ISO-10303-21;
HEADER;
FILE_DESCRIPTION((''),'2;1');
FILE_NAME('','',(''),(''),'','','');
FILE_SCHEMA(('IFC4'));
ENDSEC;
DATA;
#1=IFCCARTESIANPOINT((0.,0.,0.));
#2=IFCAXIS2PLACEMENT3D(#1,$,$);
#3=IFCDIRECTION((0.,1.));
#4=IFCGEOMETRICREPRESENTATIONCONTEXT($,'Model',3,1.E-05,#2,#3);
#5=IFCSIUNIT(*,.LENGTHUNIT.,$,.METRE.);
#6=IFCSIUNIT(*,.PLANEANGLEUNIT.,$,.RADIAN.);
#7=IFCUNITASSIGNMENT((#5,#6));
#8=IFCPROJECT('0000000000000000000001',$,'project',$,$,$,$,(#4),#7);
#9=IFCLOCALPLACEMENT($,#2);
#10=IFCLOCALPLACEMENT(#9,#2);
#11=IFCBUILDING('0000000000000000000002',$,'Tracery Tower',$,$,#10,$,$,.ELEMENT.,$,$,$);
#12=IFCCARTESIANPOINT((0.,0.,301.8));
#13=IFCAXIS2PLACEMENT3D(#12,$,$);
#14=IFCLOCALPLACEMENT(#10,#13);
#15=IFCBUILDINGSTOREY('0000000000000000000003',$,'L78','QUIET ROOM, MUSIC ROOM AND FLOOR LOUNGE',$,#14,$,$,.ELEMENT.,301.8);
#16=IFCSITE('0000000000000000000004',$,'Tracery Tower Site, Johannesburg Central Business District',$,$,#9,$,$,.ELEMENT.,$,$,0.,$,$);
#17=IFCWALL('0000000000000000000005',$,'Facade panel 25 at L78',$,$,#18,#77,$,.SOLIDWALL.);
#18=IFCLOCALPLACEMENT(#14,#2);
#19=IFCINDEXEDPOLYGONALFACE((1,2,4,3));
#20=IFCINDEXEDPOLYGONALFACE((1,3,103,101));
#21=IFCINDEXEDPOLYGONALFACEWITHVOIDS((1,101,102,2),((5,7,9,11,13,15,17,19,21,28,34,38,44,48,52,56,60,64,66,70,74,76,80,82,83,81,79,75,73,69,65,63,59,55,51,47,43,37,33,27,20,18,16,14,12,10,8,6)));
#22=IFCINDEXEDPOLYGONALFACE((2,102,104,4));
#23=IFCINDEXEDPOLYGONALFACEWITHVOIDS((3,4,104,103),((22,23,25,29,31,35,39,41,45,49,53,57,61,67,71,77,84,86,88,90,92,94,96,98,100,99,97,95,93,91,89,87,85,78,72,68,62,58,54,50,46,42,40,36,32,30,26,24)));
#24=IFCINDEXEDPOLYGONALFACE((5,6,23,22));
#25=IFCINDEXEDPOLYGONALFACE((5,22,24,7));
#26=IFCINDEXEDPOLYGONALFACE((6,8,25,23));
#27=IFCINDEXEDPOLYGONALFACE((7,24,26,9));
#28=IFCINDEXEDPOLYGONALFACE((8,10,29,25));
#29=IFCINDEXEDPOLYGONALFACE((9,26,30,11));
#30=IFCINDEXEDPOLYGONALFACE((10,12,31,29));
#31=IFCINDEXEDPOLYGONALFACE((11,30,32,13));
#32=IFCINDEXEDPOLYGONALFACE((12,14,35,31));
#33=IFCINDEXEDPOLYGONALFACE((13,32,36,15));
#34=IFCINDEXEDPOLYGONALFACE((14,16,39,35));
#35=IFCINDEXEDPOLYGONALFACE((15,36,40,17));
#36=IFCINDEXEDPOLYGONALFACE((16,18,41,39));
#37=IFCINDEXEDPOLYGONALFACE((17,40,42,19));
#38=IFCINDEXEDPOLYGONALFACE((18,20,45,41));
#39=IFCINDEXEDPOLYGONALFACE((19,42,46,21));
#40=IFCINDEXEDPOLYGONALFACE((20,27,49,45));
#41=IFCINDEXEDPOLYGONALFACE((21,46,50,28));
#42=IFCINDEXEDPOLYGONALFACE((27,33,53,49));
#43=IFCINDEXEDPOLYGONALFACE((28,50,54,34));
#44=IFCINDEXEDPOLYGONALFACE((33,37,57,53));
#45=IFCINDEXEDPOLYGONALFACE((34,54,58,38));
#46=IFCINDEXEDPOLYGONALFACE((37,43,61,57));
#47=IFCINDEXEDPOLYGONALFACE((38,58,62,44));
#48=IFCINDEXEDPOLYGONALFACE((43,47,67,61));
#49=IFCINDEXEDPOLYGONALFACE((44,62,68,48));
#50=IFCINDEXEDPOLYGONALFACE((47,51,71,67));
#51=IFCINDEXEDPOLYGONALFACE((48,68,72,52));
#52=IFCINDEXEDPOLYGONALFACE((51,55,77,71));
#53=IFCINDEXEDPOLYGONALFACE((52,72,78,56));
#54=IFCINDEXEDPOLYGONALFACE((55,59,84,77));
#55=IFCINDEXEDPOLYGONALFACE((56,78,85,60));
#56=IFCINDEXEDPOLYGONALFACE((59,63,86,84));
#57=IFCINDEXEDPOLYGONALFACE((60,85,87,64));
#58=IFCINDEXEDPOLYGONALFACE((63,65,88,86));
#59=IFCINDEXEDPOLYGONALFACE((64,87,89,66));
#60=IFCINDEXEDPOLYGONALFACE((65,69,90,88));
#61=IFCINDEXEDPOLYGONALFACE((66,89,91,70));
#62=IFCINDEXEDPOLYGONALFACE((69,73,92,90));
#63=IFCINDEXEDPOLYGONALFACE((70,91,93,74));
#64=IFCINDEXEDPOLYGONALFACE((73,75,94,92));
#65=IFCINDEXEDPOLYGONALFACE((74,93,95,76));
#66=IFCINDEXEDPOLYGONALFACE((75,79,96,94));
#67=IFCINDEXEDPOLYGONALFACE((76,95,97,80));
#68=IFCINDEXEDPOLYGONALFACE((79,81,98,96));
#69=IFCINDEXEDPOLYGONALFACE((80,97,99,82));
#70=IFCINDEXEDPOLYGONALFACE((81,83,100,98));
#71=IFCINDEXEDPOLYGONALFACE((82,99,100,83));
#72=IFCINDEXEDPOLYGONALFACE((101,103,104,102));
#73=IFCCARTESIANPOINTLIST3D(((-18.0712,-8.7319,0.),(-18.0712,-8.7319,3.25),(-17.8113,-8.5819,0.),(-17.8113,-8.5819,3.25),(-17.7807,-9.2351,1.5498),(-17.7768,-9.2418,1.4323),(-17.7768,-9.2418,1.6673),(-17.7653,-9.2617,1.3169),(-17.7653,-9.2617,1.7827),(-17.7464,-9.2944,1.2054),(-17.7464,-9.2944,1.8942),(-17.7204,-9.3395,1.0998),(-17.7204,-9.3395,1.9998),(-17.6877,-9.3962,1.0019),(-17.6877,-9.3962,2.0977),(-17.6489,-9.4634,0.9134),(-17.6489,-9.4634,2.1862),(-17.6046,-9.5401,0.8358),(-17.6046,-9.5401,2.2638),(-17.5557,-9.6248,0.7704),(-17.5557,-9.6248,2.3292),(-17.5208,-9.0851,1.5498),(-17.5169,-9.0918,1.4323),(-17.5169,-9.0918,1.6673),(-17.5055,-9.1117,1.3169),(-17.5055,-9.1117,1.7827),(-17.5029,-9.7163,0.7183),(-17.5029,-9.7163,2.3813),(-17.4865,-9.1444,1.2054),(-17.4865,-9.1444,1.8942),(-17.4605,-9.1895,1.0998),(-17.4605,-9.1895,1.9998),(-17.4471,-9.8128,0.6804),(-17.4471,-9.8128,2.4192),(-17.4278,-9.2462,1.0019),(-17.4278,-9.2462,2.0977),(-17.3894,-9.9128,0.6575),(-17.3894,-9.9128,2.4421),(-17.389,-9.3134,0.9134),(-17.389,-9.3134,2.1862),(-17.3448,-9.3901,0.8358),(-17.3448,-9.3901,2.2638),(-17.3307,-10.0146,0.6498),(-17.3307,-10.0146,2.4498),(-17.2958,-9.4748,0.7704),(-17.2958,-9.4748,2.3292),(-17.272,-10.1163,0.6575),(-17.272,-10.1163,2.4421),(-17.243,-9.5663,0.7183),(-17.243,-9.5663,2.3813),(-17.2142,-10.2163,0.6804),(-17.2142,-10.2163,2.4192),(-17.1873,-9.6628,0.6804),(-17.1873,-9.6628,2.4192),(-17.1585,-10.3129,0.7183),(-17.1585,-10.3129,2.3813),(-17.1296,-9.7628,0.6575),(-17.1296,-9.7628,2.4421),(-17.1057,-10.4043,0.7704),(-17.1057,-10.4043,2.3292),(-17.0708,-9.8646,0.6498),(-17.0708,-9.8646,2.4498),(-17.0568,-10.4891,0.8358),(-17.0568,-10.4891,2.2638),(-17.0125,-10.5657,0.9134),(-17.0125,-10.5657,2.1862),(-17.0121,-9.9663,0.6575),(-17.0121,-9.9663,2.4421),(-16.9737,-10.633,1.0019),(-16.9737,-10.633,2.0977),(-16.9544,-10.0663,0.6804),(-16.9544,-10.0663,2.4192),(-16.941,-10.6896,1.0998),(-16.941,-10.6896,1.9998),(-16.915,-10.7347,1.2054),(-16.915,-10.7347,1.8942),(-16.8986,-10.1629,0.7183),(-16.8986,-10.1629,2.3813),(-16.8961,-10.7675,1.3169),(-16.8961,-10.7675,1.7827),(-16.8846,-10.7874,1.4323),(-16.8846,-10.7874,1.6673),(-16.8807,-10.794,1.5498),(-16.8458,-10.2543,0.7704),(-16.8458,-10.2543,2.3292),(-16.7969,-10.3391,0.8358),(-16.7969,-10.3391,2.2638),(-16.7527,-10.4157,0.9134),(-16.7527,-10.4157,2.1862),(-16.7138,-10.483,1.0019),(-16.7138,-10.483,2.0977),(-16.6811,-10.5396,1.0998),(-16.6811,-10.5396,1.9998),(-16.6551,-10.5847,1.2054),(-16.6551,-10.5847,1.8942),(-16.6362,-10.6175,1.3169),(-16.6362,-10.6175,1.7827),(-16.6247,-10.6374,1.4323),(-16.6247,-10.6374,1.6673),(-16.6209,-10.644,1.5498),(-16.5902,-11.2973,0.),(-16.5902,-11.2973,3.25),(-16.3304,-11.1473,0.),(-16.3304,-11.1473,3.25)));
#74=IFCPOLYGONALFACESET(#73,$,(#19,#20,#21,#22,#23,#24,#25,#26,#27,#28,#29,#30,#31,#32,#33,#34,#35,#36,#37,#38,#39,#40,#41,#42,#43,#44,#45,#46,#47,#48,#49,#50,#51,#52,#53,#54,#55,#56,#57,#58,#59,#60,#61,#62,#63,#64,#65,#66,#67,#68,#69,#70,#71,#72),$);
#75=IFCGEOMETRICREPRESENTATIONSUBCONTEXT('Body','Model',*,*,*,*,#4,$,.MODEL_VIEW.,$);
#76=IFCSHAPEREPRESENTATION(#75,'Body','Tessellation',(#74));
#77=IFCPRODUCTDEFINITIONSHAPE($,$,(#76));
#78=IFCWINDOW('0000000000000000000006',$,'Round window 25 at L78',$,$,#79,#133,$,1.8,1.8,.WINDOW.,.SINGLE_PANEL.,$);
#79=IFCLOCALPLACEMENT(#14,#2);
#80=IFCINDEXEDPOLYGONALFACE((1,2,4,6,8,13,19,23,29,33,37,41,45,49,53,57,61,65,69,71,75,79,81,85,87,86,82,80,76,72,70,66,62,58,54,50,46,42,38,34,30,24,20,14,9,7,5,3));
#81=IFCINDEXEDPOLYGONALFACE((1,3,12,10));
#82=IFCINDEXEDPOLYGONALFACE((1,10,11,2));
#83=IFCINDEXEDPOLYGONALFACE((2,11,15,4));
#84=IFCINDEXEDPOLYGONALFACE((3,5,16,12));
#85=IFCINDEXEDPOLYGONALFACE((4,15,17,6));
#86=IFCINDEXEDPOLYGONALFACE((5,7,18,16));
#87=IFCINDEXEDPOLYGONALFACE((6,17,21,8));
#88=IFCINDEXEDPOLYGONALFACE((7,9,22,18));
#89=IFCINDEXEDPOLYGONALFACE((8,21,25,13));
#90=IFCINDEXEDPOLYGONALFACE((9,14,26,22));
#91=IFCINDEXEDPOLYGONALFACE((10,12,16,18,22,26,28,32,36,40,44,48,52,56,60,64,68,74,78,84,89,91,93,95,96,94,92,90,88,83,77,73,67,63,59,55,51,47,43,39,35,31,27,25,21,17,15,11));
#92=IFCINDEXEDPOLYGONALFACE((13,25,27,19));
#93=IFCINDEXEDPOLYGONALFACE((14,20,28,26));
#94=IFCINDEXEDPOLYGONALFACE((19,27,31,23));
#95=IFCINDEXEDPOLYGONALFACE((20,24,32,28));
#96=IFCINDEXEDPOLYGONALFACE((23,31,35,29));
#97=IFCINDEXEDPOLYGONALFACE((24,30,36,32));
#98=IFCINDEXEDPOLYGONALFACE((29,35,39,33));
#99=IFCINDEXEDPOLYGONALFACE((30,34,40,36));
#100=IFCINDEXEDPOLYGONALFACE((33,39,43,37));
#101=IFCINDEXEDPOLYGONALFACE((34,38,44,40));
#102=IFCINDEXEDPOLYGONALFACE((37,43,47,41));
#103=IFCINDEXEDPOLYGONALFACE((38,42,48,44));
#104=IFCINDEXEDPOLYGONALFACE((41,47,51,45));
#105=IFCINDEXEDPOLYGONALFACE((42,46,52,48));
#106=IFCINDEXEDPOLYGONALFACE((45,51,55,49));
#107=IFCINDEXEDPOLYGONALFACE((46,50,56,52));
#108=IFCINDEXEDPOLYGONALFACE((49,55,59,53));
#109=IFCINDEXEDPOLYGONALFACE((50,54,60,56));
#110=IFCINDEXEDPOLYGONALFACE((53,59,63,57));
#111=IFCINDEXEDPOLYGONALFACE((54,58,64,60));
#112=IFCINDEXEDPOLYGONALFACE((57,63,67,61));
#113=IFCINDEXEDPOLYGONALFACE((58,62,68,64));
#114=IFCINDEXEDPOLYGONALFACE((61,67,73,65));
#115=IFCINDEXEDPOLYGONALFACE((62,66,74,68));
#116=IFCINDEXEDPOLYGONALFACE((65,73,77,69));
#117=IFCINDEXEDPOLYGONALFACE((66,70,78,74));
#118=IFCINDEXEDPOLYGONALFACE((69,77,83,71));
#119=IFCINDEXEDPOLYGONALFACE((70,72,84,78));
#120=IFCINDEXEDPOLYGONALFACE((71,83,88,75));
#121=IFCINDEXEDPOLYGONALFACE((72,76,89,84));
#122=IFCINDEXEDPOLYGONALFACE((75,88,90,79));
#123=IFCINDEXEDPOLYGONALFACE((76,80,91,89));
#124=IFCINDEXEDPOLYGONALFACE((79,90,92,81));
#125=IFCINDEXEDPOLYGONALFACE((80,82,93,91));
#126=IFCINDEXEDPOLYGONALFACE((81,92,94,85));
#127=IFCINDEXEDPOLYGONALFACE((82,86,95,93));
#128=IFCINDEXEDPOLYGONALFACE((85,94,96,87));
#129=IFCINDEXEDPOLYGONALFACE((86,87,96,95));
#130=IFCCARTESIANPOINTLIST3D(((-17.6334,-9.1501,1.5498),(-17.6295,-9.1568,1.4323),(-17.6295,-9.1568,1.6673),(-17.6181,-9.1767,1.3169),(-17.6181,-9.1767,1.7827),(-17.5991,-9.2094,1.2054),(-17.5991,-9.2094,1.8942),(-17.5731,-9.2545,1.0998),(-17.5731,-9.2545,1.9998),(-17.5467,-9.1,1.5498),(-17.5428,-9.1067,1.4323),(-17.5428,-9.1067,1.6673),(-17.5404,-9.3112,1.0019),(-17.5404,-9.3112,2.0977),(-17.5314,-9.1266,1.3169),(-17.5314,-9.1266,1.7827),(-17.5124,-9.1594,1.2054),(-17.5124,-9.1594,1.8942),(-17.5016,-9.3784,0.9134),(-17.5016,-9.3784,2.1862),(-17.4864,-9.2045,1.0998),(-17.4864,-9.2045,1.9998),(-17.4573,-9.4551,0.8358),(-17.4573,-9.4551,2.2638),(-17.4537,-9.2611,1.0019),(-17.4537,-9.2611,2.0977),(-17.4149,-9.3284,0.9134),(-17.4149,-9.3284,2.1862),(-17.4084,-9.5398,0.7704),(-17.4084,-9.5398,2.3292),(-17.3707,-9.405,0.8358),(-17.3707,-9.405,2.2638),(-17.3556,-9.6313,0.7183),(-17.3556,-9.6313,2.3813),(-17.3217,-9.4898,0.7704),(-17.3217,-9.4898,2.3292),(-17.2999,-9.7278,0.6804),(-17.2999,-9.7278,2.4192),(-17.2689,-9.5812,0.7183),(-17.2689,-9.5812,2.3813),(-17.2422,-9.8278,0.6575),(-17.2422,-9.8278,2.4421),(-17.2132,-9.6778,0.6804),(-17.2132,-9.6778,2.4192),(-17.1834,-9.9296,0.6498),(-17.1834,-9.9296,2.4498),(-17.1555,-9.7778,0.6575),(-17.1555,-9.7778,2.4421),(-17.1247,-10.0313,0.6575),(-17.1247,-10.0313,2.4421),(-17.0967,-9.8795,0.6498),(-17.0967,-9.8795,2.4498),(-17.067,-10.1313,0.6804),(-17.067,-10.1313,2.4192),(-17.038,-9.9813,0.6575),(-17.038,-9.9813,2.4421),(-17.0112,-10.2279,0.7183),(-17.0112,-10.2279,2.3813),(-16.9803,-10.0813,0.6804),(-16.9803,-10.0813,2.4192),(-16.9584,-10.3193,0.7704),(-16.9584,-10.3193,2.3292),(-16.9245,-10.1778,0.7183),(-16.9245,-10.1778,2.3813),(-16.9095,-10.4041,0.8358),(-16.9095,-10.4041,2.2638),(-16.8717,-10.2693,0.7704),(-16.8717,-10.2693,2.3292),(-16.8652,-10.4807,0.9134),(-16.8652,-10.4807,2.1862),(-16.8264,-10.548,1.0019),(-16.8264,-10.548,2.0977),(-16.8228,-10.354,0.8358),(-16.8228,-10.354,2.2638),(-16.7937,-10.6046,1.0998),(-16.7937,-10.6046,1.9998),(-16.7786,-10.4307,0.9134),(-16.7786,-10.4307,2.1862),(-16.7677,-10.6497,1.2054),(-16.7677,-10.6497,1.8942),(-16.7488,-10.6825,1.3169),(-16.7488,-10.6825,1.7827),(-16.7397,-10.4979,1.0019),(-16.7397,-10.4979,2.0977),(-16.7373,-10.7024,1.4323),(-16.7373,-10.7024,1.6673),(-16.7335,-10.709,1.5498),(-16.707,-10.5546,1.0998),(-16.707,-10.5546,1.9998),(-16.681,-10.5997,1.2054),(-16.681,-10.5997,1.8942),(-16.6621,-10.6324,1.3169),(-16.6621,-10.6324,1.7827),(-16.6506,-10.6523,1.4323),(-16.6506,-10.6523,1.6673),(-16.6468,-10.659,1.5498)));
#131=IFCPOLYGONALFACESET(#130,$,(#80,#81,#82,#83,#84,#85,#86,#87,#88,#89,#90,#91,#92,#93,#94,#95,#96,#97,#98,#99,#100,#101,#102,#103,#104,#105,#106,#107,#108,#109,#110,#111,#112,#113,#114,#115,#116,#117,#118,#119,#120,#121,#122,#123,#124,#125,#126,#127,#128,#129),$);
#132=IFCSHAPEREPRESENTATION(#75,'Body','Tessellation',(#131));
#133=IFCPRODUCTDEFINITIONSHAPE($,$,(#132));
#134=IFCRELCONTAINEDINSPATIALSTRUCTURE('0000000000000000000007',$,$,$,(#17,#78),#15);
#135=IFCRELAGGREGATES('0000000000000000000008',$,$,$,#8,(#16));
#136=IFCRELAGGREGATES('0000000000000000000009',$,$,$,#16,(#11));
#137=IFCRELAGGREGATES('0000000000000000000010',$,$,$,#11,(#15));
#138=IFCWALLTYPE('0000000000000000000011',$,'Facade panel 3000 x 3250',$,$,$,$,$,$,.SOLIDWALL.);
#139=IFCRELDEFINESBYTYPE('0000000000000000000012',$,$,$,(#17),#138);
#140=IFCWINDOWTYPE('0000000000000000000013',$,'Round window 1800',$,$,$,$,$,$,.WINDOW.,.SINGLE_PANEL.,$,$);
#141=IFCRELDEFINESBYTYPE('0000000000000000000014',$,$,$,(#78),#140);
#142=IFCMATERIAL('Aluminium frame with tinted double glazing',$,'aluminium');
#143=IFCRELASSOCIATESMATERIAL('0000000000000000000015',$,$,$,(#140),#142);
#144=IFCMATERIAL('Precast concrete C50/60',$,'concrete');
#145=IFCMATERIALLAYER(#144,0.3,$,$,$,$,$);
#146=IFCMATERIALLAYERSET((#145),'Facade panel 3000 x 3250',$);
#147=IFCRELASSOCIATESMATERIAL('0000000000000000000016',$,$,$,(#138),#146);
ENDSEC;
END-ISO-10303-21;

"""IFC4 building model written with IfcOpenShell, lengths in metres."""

from ifc_helpers import new_model, si_unit, direction, frame, frame_2d, origin, origin_2d, place, context, subcontext, project, spatial, rectangle, circle, extrude, material, layer, layer_set, type_object, element, fill, save


model = new_model("IFC4")

# Units and contexts
model_context = context("Model", 3, precision=1e-05, world=origin(), true_north=direction((0.0, 1.0)))
body_context = subcontext(model_context, "Body", "Model", "MODEL_VIEW")
ifc_project = project(units=[si_unit("LENGTHUNIT", "METRE"), si_unit("PLANEANGLEUNIT", "RADIAN")], contexts=[model_context])

# Site, building, storey
site_placement = place(None, origin())
site = spatial("IfcSite", under=ifc_project, at=site_placement, Name="Tracery Tower Site, Johannesburg Central Business District", CompositionType="ELEMENT", RefElevation=0.0)
building_placement = place(site_placement, origin())
building = spatial("IfcBuilding", under=site, at=building_placement, Name="Tracery Tower", CompositionType="ELEMENT")
storey_placement = place(building_placement, frame((0.0, 0.0, 301.8)))
storey = spatial("IfcBuildingStorey", under=building, at=storey_placement, Name="L78", Description="QUIET ROOM, MUSIC ROOM AND FLOOR LOUNGE", CompositionType="ELEMENT", Elevation=301.8)

# Wall, opening, window
ifc_material_1 = material(Name="Aluminium frame with tinted double glazing", Category="aluminium")
window_type = type_object("IfcWindowType", Name="Round window 1800", PartitioningType="SINGLE_PANEL", PredefinedType="WINDOW", material=ifc_material_1)
ifc_material_2 = material(Name="Precast concrete C50/60", Category="concrete")
ifc_layer_1 = layer(ifc_material_2, 0.3)
ifc_layer_set_1 = layer_set([ifc_layer_1], Name="Facade panel 3000 x 3250")
wall_type_1 = type_object("IfcWallType", Name="Facade panel 3000 x 3250", PredefinedType="SOLIDWALL", material=ifc_layer_set_1)
wall_1_placement = place(storey_placement, frame((-17.9412, -8.657, 0.0), z_axis=(0.0, 0.0, 1.0), x_axis=(0.499951, -0.866054, 0.0)))
wall_1 = element("IfcWall", 1, at=wall_1_placement, inside=storey, type_object=wall_type_1, Name="Facade panel 25 at L78", PredefinedType="SOLIDWALL", context=body_context, shape_type="SweptSolid", body=[
    extrude(rectangle(XDim=2.9622, YDim=0.3, at=frame_2d((1.481, 0.0))), origin(), (0.0, 0.0, 1.0), 3.25),
])
opening_1_placement = place(wall_1_placement, frame((1.481, 0.0, 1.5498)))
opening_1 = element("IfcOpeningElement", 2, at=opening_1_placement, cuts=wall_1, PredefinedType="OPENING", context=body_context, shape_type="SweptSolid", body=[
    extrude(circle(Radius=0.9, at=origin_2d()), frame((0.0, 0.1599, 0.0), z_axis=(0.0, -1.0, 0.0), x_axis=(1.0, 0.0, 0.0)), (0.0, 0.0, 1.0), 0.3201),
])
window_1_placement = place(opening_1_placement, origin())
window_1 = element("IfcWindow", 3, at=window_1_placement, inside=storey, type_object=window_type, Name="Round window 25 at L78", OverallHeight=1.8, OverallWidth=1.8, PartitioningType="SINGLE_PANEL", PredefinedType="WINDOW", context=body_context, shape_type="SweptSolid", body=[
    extrude(circle(Radius=0.9, at=origin_2d()), frame((0.0, 0.1201, 0.0), z_axis=(0.0, -1.0, 0.0), x_axis=(1.0, 0.0, 0.0)), (0.0, 0.0, 1.0), 0.1001),
])
fill(opening_1, window_1)

save(model, "model.ifc")
